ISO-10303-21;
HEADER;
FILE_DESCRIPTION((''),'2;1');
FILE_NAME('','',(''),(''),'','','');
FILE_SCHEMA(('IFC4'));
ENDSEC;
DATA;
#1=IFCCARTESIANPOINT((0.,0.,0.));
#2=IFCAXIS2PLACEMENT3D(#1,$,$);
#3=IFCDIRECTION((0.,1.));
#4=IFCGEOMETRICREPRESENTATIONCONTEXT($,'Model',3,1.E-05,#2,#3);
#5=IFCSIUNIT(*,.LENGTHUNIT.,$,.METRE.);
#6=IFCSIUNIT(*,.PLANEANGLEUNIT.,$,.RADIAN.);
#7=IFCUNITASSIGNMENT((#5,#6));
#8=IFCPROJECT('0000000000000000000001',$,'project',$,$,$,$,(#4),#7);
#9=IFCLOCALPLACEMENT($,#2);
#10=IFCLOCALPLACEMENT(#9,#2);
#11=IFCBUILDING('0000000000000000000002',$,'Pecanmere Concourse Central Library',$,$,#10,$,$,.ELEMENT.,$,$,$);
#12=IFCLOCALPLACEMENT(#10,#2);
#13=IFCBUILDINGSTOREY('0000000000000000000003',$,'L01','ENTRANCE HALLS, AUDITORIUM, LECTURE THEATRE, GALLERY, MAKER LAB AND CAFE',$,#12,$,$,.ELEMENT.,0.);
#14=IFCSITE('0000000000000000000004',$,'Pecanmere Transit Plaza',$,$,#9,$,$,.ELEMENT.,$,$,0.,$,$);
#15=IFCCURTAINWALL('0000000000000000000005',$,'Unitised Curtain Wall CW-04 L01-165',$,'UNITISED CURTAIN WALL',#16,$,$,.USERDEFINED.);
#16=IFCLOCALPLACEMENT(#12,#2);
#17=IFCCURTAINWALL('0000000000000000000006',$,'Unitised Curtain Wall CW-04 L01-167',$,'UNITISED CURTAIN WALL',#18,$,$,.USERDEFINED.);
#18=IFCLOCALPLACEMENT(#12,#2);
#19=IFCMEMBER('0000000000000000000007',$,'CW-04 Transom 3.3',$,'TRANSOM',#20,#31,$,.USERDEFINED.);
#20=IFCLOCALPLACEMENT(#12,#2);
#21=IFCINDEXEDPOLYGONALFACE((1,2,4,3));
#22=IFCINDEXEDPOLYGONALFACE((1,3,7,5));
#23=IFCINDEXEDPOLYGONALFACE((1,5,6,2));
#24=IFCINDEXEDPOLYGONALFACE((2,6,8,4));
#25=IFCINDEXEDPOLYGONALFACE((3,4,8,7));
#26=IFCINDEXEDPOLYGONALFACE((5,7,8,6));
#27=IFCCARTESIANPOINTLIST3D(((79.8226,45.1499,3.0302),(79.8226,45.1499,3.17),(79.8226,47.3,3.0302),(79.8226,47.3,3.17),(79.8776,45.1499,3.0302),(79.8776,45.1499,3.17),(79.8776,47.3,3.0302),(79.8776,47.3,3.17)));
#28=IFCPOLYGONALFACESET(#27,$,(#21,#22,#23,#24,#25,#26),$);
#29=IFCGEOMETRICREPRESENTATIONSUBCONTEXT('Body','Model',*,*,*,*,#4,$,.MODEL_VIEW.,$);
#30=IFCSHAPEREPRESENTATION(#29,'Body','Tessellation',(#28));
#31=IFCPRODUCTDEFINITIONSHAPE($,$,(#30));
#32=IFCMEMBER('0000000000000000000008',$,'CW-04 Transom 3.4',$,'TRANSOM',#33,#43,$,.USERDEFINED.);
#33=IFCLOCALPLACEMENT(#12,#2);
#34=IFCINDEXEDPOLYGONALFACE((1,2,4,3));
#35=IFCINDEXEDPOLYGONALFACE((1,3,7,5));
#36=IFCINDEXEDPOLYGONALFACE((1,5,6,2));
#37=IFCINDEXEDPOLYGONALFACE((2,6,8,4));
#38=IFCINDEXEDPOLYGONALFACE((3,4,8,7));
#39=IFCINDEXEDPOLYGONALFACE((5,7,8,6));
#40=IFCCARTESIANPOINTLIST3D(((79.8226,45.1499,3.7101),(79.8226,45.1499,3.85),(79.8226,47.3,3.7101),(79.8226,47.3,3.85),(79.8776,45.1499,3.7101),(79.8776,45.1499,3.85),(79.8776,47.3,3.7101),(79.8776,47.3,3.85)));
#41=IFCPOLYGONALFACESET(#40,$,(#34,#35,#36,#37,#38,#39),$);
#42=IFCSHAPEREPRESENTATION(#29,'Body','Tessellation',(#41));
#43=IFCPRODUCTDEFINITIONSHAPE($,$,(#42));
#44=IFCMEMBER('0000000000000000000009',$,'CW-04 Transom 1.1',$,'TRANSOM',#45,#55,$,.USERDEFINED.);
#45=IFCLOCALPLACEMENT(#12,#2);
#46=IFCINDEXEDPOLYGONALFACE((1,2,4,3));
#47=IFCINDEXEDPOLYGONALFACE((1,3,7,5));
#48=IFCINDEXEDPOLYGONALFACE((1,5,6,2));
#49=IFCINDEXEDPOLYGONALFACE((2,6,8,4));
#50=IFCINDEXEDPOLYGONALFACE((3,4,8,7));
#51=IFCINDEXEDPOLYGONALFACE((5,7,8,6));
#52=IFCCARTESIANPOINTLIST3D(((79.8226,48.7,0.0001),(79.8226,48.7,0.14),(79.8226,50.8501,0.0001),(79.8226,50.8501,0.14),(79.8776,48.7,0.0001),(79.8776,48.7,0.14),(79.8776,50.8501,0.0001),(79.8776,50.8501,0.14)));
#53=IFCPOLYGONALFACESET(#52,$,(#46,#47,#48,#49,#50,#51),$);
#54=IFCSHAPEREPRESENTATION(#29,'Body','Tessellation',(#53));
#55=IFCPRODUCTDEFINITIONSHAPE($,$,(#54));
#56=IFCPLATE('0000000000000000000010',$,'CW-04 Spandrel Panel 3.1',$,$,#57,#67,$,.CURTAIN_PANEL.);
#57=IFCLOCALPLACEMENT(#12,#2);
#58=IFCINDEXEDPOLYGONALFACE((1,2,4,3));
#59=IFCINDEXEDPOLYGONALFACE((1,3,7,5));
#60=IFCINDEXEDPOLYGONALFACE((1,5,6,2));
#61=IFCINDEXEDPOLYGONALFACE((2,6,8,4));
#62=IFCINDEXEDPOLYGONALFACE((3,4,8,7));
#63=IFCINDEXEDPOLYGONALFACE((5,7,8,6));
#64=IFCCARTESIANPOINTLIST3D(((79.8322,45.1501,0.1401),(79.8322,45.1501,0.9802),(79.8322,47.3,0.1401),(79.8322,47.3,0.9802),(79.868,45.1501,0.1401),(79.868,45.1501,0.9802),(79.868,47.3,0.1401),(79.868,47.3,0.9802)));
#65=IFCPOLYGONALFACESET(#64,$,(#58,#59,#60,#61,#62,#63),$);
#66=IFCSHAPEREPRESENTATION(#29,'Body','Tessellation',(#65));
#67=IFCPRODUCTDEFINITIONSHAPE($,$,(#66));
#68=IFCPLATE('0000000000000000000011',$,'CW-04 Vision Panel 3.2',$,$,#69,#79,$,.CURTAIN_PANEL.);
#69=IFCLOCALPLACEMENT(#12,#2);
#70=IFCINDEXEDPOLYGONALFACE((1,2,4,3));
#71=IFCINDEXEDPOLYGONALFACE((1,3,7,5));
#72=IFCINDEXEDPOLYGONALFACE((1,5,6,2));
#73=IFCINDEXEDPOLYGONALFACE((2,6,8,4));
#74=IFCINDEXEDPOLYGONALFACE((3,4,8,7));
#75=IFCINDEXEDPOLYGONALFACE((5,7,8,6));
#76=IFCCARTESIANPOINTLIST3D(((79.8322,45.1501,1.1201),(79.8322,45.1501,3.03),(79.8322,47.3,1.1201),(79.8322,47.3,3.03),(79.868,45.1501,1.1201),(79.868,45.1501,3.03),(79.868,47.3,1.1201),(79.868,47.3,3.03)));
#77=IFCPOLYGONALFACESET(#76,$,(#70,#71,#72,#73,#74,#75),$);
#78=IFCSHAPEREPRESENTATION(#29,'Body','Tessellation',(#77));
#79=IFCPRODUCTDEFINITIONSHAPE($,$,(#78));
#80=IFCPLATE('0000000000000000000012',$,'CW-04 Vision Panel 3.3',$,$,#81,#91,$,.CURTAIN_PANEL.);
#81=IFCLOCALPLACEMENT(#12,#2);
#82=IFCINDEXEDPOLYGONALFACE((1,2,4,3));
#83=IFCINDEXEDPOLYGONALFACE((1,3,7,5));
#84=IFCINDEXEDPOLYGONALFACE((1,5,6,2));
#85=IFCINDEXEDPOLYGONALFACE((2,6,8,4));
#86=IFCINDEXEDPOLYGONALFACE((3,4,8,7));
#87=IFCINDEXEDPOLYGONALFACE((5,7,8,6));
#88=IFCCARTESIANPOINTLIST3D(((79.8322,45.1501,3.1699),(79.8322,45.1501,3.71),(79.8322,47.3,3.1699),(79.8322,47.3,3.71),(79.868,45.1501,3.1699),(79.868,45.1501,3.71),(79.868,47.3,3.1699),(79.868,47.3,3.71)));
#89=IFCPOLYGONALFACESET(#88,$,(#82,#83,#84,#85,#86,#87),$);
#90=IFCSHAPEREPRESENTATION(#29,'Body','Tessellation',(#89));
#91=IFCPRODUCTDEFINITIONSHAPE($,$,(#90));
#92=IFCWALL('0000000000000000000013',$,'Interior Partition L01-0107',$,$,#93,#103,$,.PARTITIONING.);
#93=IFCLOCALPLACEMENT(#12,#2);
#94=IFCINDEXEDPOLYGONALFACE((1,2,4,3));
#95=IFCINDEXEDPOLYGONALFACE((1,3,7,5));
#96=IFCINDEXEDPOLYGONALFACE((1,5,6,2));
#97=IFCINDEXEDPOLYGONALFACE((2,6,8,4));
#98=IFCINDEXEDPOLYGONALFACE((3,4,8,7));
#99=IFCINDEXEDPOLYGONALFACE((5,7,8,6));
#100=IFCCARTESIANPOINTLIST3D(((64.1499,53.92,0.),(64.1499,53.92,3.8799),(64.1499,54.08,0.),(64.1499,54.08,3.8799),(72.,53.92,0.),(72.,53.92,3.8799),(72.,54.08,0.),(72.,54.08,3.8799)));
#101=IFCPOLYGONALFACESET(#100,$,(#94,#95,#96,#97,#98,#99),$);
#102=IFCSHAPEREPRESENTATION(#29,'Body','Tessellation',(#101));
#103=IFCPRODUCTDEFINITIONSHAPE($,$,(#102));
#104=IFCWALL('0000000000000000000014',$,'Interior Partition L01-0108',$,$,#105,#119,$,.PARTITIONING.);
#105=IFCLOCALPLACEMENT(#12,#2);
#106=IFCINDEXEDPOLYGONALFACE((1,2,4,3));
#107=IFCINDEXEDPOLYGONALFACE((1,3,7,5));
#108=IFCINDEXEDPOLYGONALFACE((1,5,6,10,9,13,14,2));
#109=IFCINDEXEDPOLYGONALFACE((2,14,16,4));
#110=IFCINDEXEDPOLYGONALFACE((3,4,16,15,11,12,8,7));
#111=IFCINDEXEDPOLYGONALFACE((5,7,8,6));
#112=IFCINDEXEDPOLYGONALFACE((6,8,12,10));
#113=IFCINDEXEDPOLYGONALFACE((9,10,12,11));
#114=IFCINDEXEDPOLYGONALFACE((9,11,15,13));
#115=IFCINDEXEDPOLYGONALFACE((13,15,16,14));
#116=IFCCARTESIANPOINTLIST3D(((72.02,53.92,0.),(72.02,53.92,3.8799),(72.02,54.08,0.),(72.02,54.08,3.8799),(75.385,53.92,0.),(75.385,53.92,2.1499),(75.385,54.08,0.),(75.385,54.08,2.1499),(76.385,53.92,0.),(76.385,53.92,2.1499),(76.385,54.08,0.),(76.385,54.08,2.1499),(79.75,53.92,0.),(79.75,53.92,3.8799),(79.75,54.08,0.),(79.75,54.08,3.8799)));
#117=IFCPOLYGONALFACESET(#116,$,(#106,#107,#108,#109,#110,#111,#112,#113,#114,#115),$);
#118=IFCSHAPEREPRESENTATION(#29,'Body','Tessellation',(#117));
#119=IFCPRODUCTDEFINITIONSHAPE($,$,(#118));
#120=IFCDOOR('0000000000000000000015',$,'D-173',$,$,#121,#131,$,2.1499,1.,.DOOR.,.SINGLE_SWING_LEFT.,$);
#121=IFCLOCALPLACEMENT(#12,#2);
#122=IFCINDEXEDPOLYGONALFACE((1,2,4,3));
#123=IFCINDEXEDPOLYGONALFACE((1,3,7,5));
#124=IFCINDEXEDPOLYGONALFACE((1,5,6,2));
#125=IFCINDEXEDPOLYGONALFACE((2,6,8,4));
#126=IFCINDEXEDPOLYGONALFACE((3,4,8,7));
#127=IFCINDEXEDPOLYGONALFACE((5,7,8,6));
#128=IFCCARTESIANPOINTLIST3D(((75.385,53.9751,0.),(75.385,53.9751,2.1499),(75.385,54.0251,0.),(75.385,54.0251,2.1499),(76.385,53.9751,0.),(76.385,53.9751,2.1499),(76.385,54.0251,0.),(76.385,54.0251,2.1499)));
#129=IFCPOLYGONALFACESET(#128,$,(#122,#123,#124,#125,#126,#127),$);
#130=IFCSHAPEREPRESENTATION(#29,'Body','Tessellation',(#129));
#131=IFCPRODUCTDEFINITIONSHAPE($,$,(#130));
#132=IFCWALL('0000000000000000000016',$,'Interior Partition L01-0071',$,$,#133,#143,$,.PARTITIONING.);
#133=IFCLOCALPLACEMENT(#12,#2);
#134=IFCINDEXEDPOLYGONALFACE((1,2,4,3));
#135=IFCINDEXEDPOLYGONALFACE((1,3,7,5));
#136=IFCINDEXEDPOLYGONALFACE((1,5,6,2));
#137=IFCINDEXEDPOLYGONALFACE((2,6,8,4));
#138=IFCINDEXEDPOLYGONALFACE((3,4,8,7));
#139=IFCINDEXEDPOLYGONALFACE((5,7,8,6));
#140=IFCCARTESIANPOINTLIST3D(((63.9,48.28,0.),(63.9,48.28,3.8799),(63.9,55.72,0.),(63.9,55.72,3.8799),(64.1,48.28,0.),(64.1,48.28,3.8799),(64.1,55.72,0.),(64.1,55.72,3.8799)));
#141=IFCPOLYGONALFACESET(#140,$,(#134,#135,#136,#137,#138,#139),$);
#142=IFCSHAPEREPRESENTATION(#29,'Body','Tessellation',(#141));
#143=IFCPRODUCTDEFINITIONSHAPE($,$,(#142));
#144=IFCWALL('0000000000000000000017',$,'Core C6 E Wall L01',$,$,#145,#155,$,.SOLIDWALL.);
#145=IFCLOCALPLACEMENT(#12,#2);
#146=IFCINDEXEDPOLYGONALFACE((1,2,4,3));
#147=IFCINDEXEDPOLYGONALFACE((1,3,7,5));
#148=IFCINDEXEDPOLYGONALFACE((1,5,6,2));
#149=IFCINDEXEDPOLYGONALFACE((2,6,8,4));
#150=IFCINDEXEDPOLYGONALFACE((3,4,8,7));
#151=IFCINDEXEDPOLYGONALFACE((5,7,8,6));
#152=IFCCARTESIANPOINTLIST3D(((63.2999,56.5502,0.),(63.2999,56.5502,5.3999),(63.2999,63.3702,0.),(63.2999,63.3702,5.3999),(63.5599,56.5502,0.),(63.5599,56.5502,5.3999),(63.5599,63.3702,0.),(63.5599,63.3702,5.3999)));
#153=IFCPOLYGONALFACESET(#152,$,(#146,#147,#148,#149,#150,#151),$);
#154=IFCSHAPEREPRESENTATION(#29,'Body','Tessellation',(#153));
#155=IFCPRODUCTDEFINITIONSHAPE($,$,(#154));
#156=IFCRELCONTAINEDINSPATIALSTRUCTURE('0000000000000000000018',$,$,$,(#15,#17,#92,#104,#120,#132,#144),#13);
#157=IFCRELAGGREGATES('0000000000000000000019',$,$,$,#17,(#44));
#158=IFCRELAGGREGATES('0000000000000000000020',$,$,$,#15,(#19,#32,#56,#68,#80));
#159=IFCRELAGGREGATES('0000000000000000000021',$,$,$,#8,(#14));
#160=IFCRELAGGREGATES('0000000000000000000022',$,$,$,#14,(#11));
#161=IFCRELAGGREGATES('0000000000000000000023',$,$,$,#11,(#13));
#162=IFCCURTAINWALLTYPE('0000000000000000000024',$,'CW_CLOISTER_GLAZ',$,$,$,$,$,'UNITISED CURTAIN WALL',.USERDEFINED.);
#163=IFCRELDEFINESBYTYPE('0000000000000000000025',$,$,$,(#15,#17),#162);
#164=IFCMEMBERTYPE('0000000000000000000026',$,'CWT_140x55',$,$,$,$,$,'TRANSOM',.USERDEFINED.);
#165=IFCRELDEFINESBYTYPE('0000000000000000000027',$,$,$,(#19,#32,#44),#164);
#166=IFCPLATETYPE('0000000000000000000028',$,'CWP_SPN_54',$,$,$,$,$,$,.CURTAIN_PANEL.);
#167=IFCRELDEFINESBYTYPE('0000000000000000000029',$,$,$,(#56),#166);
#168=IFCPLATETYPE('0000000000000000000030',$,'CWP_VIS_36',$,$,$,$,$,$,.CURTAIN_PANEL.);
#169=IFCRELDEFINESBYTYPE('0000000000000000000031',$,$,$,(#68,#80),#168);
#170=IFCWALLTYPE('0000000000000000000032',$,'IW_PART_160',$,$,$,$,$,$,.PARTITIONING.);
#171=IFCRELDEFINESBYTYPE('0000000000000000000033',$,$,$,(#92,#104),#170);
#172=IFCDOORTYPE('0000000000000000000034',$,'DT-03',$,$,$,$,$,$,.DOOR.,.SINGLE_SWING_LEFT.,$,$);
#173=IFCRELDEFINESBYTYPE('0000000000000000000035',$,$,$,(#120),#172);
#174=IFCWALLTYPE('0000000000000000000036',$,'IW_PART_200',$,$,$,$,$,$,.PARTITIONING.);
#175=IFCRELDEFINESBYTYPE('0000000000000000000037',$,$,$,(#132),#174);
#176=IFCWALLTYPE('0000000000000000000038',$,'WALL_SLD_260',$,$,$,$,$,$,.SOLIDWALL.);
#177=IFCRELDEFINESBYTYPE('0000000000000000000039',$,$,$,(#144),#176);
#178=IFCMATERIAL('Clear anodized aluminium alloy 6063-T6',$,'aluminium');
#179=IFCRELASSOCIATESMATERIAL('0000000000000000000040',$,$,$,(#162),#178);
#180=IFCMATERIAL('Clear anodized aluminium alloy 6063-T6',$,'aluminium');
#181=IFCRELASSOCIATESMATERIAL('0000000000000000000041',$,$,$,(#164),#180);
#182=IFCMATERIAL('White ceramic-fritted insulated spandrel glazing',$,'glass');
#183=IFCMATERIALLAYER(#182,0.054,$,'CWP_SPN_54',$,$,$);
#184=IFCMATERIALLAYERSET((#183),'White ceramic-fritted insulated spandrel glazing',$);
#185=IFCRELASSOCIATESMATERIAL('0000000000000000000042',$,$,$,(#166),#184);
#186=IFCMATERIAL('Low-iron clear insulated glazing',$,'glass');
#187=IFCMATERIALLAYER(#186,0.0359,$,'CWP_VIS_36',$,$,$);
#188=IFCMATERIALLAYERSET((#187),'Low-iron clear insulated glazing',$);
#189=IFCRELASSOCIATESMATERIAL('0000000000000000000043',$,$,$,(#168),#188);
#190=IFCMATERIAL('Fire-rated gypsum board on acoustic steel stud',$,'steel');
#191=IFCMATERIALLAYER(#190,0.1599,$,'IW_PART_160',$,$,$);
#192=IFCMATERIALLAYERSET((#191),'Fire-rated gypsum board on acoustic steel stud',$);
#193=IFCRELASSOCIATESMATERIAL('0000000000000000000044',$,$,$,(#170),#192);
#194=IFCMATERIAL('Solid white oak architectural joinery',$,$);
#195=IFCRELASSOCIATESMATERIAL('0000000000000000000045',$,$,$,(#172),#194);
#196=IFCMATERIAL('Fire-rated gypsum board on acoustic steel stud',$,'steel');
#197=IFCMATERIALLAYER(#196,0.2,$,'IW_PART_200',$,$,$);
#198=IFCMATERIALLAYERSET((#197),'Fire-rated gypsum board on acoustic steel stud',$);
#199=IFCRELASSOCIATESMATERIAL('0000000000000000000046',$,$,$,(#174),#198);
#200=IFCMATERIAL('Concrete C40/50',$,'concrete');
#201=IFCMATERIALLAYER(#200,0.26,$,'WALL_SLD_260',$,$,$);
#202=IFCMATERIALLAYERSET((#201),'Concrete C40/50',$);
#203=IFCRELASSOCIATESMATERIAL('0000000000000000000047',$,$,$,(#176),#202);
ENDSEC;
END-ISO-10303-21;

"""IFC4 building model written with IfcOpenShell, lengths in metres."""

from ifc_helpers import new_model, si_unit, direction, frame, frame_2d, origin, origin_2d, place, context, subcontext, project, spatial, rectangle, extrude, material, layer, layer_set, material_profile, profile_set, type_object, element, fill, aggregate, save


model = new_model("IFC4")

# Units and contexts
model_context = context("Model", 3, precision=1e-05, world=origin(), true_north=direction((0.0, 1.0)))
body_context = subcontext(model_context, "Body", "Model", "MODEL_VIEW")
ifc_project = project(units=[si_unit("LENGTHUNIT", "METRE"), si_unit("PLANEANGLEUNIT", "RADIAN")], contexts=[model_context])

# Site, building, storey
site_placement = place(None, origin())
site = spatial("IfcSite", under=ifc_project, at=site_placement, Name="Pecanmere Transit Plaza", CompositionType="ELEMENT", RefElevation=0.0)
building_placement = place(site_placement, origin())
building = spatial("IfcBuilding", under=site, at=building_placement, Name="Pecanmere Concourse Central Library", CompositionType="ELEMENT")
storey_placement = place(building_placement, origin())
storey = spatial("IfcBuildingStorey", under=building, at=storey_placement, Name="L01", Description="ENTRANCE HALLS, AUDITORIUM, LECTURE THEATRE, GALLERY, MAKER LAB AND CAFE", CompositionType="ELEMENT", Elevation=0.0)

# Curtain walls
ifc_material_1 = material(Name="Clear anodized aluminium alloy 6063-T6", Category="aluminium")
curtain_wall_type = type_object("IfcCurtainWallType", Name="CW_CLOISTER_GLAZ", ElementType="UNITISED CURTAIN WALL", PredefinedType="USERDEFINED", material=ifc_material_1)
curtain_wall_1_placement = place(storey_placement, origin())
curtain_wall_1 = element("IfcCurtainWall", 1, at=curtain_wall_1_placement, inside=storey, type_object=curtain_wall_type, Name="Unitised Curtain Wall CW-04 L01-165", ObjectType="UNITISED CURTAIN WALL", PredefinedType="USERDEFINED")
curtain_wall_2_placement = place(storey_placement, origin())
curtain_wall_2 = element("IfcCurtainWall", 2, at=curtain_wall_2_placement, inside=storey, type_object=curtain_wall_type, Name="Unitised Curtain Wall CW-04 L01-167", ObjectType="UNITISED CURTAIN WALL", PredefinedType="USERDEFINED")

# Members
ifc_material_2 = material(Name="Clear anodized aluminium alloy 6063-T6", Category="aluminium")
ifc_material_profile_1 = material_profile(ifc_material_2, rectangle(XDim=0.0549, YDim=0.1399, at=origin_2d()), Name="AL 55x140")
ifc_profile_set_1 = profile_set([ifc_material_profile_1], Name="Clear anodized aluminium alloy 6063-T6")
member_type_1 = type_object("IfcMemberType", Name="CWT_140x55", ElementType="TRANSOM", PredefinedType="USERDEFINED", material=ifc_profile_set_1)
member_1_placement = place(storey_placement, frame((79.8501, 45.1499, 3.1001), z_axis=(0.0, 1.0, 0.0), x_axis=(-1.0, 0.0, 0.0)))
member_1 = element("IfcMember", 3, at=member_1_placement, type_object=member_type_1, Name="CW-04 Transom 3.3", ObjectType="TRANSOM", PredefinedType="USERDEFINED", context=body_context, shape_type="SweptSolid", body=[
    extrude(rectangle(XDim=0.0549, YDim=0.1399, at=origin_2d()), origin(), (0.0, 0.0, 1.0), 2.1501),
])
member_2_placement = place(storey_placement, frame((79.8501, 45.1499, 3.78), z_axis=(0.0, 1.0, 0.0), x_axis=(-1.0, 0.0, 0.0)))
member_2 = element("IfcMember", 4, at=member_2_placement, type_object=member_type_1, Name="CW-04 Transom 3.4", ObjectType="TRANSOM", PredefinedType="USERDEFINED", context=body_context, shape_type="SweptSolid", body=[
    extrude(rectangle(XDim=0.0549, YDim=0.1399, at=origin_2d()), origin(), (0.0, 0.0, 1.0), 2.1501),
])
member_3_placement = place(storey_placement, frame((79.8501, 48.7, 0.0701), z_axis=(0.0, 1.0, 0.0), x_axis=(-1.0, 0.0, 0.0)))
member_3 = element("IfcMember", 5, at=member_3_placement, type_object=member_type_1, Name="CW-04 Transom 1.1", ObjectType="TRANSOM", PredefinedType="USERDEFINED", context=body_context, shape_type="SweptSolid", body=[
    extrude(rectangle(XDim=0.0549, YDim=0.1399, at=origin_2d()), origin(), (0.0, 0.0, 1.0), 2.1501),
])
aggregate(curtain_wall_2, [member_3])

# Plates
ifc_material_3 = material(Name="White ceramic-fritted insulated spandrel glazing", Category="glass")
ifc_layer_1 = layer(ifc_material_3, 0.054, Name="CWP_SPN_54")
ifc_layer_set_1 = layer_set([ifc_layer_1], Name="White ceramic-fritted insulated spandrel glazing")
plate_type_1 = type_object("IfcPlateType", Name="CWP_SPN_54", PredefinedType="CURTAIN_PANEL", material=ifc_layer_set_1)
plate_1_placement = place(storey_placement, frame((79.8501, 46.2251, 0.1401), z_axis=(0.0, 0.0, 1.0), x_axis=(0.0, 1.0, 0.0)))
plate_1 = element("IfcPlate", 6, at=plate_1_placement, type_object=plate_type_1, Name="CW-04 Spandrel Panel 3.1", PredefinedType="CURTAIN_PANEL", context=body_context, shape_type="SweptSolid", body=[
    extrude(rectangle(XDim=2.1499, YDim=0.0359, at=origin_2d()), origin(), (0.0, 0.0, 1.0), 0.8401),
])
ifc_material_4 = material(Name="Low-iron clear insulated glazing", Category="glass")
ifc_layer_2 = layer(ifc_material_4, 0.0359, Name="CWP_VIS_36")
ifc_layer_set_2 = layer_set([ifc_layer_2], Name="Low-iron clear insulated glazing")
plate_type_2 = type_object("IfcPlateType", Name="CWP_VIS_36", PredefinedType="CURTAIN_PANEL", material=ifc_layer_set_2)
plate_2_placement = place(storey_placement, frame((79.8501, 46.2251, 1.1201), z_axis=(0.0, 0.0, 1.0), x_axis=(0.0, 1.0, 0.0)))
plate_2 = element("IfcPlate", 7, at=plate_2_placement, type_object=plate_type_2, Name="CW-04 Vision Panel 3.2", PredefinedType="CURTAIN_PANEL", context=body_context, shape_type="SweptSolid", body=[
    extrude(rectangle(XDim=2.1499, YDim=0.0359, at=origin_2d()), origin(), (0.0, 0.0, 1.0), 1.9099),
])
plate_3_placement = place(storey_placement, frame((79.8501, 46.2251, 3.1699), z_axis=(0.0, 0.0, 1.0), x_axis=(0.0, 1.0, 0.0)))
plate_3 = element("IfcPlate", 8, at=plate_3_placement, type_object=plate_type_2, Name="CW-04 Vision Panel 3.3", PredefinedType="CURTAIN_PANEL", context=body_context, shape_type="SweptSolid", body=[
    extrude(rectangle(XDim=2.1499, YDim=0.0359, at=origin_2d()), origin(), (0.0, 0.0, 1.0), 0.54),
])
aggregate(curtain_wall_1, [member_1, member_2, plate_1, plate_2, plate_3])

# Wall
ifc_material_5 = material(Name="Fire-rated gypsum board on acoustic steel stud", Category="steel")
ifc_layer_3 = layer(ifc_material_5, 0.1599, Name="IW_PART_160")
ifc_layer_set_3 = layer_set([ifc_layer_3], Name="Fire-rated gypsum board on acoustic steel stud")
wall_type_1 = type_object("IfcWallType", Name="IW_PART_160", PredefinedType="PARTITIONING", material=ifc_layer_set_3)
wall_1_placement = place(storey_placement, frame((64.1499, 54.0, 0.0), z_axis=(0.0, 0.0, 1.0), x_axis=(1.0, 0.0, 0.0)))
element("IfcWall", 9, at=wall_1_placement, inside=storey, type_object=wall_type_1, Name="Interior Partition L01-0107", PredefinedType="PARTITIONING", context=body_context, shape_type="SweptSolid", body=[
    extrude(rectangle(XDim=7.8501, YDim=0.1599, at=frame_2d((3.925, 0.0))), origin(), (0.0, 0.0, 1.0), 3.8799),
])

# Wall, opening, door
wall_2_placement = place(storey_placement, frame((72.02, 54.0, 0.0), z_axis=(0.0, 0.0, 1.0), x_axis=(1.0, 0.0, 0.0)))
wall_2 = element("IfcWall", 10, at=wall_2_placement, inside=storey, type_object=wall_type_1, Name="Interior Partition L01-0108", PredefinedType="PARTITIONING", context=body_context, shape_type="SweptSolid", body=[
    extrude(rectangle(XDim=7.73, YDim=0.1599, at=frame_2d((3.865, 0.0))), origin(), (0.0, 0.0, 1.0), 3.8799),
])
opening_placement = place(wall_2_placement, frame((3.365, 0.0, 0.0)))
opening = element("IfcOpeningElement", 11, at=opening_placement, cuts=wall_2, PredefinedType="OPENING", context=body_context, shape_type="SweptSolid", body=[
    extrude(rectangle(XDim=1.0, YDim=2.1499, at=frame_2d((0.5, 1.075))), frame((0.0, 0.0918, 0.0), z_axis=(0.0, -1.0, 0.0), x_axis=(1.0, 0.0, 0.0)), (0.0, 0.0, 1.0), 0.1838),
])
ifc_material_6 = material(Name="Solid white oak architectural joinery")
door_type = type_object("IfcDoorType", Name="DT-03", OperationType="SINGLE_SWING_LEFT", PredefinedType="DOOR", material=ifc_material_6)
door_placement = place(opening_placement, frame((1.0, 0.0, 0.0), z_axis=(0.0, 0.0, 1.0), x_axis=(-1.0, 0.0, 0.0)))
door = element("IfcDoor", 12, at=door_placement, inside=storey, type_object=door_type, Name="D-173", OperationType="SINGLE_SWING_LEFT", OverallHeight=2.1499, OverallWidth=1.0, PredefinedType="DOOR", context=body_context, shape_type="SweptSolid", body=[
    extrude(rectangle(XDim=1.0, YDim=2.1499, at=frame_2d((0.5, 1.075))), frame((0.0, 0.0249, 0.0), z_axis=(0.0, -1.0, 0.0), x_axis=(1.0, 0.0, 0.0)), (0.0, 0.0, 1.0), 0.05),
])
fill(opening, door)

# Walls
ifc_material_7 = material(Name="Fire-rated gypsum board on acoustic steel stud", Category="steel")
ifc_layer_4 = layer(ifc_material_7, 0.2, Name="IW_PART_200")
ifc_layer_set_4 = layer_set([ifc_layer_4], Name="Fire-rated gypsum board on acoustic steel stud")
wall_type_2 = type_object("IfcWallType", Name="IW_PART_200", PredefinedType="PARTITIONING", material=ifc_layer_set_4)
wall_3_placement = place(storey_placement, frame((64.0, 48.28, 0.0), z_axis=(0.0, 0.0, 1.0), x_axis=(0.0, 1.0, 0.0)))
element("IfcWall", 13, at=wall_3_placement, inside=storey, type_object=wall_type_2, Name="Interior Partition L01-0071", PredefinedType="PARTITIONING", context=body_context, shape_type="SweptSolid", body=[
    extrude(rectangle(XDim=7.4399, YDim=0.2, at=frame_2d((3.72, 0.0))), origin(), (0.0, 0.0, 1.0), 3.8799),
])
ifc_material_8 = material(Name="Concrete C40/50", Category="concrete")
ifc_layer_5 = layer(ifc_material_8, 0.26, Name="WALL_SLD_260")
ifc_layer_set_5 = layer_set([ifc_layer_5], Name="Concrete C40/50")
wall_type_3 = type_object("IfcWallType", Name="WALL_SLD_260", PredefinedType="SOLIDWALL", material=ifc_layer_set_5)
wall_4_placement = place(storey_placement, frame((63.4299, 56.55, 0.0), z_axis=(0.0, 0.0, 1.0), x_axis=(0.0, 1.0, 0.0)))
element("IfcWall", 14, at=wall_4_placement, inside=storey, type_object=wall_type_3, Name="Core C6 E Wall L01", PredefinedType="SOLIDWALL", context=body_context, shape_type="SweptSolid", body=[
    extrude(rectangle(XDim=6.8201, YDim=0.26, at=frame_2d((3.4102, 0.0))), origin(), (0.0, 0.0, 1.0), 5.3999),
])

save(model, "model.ifc")
